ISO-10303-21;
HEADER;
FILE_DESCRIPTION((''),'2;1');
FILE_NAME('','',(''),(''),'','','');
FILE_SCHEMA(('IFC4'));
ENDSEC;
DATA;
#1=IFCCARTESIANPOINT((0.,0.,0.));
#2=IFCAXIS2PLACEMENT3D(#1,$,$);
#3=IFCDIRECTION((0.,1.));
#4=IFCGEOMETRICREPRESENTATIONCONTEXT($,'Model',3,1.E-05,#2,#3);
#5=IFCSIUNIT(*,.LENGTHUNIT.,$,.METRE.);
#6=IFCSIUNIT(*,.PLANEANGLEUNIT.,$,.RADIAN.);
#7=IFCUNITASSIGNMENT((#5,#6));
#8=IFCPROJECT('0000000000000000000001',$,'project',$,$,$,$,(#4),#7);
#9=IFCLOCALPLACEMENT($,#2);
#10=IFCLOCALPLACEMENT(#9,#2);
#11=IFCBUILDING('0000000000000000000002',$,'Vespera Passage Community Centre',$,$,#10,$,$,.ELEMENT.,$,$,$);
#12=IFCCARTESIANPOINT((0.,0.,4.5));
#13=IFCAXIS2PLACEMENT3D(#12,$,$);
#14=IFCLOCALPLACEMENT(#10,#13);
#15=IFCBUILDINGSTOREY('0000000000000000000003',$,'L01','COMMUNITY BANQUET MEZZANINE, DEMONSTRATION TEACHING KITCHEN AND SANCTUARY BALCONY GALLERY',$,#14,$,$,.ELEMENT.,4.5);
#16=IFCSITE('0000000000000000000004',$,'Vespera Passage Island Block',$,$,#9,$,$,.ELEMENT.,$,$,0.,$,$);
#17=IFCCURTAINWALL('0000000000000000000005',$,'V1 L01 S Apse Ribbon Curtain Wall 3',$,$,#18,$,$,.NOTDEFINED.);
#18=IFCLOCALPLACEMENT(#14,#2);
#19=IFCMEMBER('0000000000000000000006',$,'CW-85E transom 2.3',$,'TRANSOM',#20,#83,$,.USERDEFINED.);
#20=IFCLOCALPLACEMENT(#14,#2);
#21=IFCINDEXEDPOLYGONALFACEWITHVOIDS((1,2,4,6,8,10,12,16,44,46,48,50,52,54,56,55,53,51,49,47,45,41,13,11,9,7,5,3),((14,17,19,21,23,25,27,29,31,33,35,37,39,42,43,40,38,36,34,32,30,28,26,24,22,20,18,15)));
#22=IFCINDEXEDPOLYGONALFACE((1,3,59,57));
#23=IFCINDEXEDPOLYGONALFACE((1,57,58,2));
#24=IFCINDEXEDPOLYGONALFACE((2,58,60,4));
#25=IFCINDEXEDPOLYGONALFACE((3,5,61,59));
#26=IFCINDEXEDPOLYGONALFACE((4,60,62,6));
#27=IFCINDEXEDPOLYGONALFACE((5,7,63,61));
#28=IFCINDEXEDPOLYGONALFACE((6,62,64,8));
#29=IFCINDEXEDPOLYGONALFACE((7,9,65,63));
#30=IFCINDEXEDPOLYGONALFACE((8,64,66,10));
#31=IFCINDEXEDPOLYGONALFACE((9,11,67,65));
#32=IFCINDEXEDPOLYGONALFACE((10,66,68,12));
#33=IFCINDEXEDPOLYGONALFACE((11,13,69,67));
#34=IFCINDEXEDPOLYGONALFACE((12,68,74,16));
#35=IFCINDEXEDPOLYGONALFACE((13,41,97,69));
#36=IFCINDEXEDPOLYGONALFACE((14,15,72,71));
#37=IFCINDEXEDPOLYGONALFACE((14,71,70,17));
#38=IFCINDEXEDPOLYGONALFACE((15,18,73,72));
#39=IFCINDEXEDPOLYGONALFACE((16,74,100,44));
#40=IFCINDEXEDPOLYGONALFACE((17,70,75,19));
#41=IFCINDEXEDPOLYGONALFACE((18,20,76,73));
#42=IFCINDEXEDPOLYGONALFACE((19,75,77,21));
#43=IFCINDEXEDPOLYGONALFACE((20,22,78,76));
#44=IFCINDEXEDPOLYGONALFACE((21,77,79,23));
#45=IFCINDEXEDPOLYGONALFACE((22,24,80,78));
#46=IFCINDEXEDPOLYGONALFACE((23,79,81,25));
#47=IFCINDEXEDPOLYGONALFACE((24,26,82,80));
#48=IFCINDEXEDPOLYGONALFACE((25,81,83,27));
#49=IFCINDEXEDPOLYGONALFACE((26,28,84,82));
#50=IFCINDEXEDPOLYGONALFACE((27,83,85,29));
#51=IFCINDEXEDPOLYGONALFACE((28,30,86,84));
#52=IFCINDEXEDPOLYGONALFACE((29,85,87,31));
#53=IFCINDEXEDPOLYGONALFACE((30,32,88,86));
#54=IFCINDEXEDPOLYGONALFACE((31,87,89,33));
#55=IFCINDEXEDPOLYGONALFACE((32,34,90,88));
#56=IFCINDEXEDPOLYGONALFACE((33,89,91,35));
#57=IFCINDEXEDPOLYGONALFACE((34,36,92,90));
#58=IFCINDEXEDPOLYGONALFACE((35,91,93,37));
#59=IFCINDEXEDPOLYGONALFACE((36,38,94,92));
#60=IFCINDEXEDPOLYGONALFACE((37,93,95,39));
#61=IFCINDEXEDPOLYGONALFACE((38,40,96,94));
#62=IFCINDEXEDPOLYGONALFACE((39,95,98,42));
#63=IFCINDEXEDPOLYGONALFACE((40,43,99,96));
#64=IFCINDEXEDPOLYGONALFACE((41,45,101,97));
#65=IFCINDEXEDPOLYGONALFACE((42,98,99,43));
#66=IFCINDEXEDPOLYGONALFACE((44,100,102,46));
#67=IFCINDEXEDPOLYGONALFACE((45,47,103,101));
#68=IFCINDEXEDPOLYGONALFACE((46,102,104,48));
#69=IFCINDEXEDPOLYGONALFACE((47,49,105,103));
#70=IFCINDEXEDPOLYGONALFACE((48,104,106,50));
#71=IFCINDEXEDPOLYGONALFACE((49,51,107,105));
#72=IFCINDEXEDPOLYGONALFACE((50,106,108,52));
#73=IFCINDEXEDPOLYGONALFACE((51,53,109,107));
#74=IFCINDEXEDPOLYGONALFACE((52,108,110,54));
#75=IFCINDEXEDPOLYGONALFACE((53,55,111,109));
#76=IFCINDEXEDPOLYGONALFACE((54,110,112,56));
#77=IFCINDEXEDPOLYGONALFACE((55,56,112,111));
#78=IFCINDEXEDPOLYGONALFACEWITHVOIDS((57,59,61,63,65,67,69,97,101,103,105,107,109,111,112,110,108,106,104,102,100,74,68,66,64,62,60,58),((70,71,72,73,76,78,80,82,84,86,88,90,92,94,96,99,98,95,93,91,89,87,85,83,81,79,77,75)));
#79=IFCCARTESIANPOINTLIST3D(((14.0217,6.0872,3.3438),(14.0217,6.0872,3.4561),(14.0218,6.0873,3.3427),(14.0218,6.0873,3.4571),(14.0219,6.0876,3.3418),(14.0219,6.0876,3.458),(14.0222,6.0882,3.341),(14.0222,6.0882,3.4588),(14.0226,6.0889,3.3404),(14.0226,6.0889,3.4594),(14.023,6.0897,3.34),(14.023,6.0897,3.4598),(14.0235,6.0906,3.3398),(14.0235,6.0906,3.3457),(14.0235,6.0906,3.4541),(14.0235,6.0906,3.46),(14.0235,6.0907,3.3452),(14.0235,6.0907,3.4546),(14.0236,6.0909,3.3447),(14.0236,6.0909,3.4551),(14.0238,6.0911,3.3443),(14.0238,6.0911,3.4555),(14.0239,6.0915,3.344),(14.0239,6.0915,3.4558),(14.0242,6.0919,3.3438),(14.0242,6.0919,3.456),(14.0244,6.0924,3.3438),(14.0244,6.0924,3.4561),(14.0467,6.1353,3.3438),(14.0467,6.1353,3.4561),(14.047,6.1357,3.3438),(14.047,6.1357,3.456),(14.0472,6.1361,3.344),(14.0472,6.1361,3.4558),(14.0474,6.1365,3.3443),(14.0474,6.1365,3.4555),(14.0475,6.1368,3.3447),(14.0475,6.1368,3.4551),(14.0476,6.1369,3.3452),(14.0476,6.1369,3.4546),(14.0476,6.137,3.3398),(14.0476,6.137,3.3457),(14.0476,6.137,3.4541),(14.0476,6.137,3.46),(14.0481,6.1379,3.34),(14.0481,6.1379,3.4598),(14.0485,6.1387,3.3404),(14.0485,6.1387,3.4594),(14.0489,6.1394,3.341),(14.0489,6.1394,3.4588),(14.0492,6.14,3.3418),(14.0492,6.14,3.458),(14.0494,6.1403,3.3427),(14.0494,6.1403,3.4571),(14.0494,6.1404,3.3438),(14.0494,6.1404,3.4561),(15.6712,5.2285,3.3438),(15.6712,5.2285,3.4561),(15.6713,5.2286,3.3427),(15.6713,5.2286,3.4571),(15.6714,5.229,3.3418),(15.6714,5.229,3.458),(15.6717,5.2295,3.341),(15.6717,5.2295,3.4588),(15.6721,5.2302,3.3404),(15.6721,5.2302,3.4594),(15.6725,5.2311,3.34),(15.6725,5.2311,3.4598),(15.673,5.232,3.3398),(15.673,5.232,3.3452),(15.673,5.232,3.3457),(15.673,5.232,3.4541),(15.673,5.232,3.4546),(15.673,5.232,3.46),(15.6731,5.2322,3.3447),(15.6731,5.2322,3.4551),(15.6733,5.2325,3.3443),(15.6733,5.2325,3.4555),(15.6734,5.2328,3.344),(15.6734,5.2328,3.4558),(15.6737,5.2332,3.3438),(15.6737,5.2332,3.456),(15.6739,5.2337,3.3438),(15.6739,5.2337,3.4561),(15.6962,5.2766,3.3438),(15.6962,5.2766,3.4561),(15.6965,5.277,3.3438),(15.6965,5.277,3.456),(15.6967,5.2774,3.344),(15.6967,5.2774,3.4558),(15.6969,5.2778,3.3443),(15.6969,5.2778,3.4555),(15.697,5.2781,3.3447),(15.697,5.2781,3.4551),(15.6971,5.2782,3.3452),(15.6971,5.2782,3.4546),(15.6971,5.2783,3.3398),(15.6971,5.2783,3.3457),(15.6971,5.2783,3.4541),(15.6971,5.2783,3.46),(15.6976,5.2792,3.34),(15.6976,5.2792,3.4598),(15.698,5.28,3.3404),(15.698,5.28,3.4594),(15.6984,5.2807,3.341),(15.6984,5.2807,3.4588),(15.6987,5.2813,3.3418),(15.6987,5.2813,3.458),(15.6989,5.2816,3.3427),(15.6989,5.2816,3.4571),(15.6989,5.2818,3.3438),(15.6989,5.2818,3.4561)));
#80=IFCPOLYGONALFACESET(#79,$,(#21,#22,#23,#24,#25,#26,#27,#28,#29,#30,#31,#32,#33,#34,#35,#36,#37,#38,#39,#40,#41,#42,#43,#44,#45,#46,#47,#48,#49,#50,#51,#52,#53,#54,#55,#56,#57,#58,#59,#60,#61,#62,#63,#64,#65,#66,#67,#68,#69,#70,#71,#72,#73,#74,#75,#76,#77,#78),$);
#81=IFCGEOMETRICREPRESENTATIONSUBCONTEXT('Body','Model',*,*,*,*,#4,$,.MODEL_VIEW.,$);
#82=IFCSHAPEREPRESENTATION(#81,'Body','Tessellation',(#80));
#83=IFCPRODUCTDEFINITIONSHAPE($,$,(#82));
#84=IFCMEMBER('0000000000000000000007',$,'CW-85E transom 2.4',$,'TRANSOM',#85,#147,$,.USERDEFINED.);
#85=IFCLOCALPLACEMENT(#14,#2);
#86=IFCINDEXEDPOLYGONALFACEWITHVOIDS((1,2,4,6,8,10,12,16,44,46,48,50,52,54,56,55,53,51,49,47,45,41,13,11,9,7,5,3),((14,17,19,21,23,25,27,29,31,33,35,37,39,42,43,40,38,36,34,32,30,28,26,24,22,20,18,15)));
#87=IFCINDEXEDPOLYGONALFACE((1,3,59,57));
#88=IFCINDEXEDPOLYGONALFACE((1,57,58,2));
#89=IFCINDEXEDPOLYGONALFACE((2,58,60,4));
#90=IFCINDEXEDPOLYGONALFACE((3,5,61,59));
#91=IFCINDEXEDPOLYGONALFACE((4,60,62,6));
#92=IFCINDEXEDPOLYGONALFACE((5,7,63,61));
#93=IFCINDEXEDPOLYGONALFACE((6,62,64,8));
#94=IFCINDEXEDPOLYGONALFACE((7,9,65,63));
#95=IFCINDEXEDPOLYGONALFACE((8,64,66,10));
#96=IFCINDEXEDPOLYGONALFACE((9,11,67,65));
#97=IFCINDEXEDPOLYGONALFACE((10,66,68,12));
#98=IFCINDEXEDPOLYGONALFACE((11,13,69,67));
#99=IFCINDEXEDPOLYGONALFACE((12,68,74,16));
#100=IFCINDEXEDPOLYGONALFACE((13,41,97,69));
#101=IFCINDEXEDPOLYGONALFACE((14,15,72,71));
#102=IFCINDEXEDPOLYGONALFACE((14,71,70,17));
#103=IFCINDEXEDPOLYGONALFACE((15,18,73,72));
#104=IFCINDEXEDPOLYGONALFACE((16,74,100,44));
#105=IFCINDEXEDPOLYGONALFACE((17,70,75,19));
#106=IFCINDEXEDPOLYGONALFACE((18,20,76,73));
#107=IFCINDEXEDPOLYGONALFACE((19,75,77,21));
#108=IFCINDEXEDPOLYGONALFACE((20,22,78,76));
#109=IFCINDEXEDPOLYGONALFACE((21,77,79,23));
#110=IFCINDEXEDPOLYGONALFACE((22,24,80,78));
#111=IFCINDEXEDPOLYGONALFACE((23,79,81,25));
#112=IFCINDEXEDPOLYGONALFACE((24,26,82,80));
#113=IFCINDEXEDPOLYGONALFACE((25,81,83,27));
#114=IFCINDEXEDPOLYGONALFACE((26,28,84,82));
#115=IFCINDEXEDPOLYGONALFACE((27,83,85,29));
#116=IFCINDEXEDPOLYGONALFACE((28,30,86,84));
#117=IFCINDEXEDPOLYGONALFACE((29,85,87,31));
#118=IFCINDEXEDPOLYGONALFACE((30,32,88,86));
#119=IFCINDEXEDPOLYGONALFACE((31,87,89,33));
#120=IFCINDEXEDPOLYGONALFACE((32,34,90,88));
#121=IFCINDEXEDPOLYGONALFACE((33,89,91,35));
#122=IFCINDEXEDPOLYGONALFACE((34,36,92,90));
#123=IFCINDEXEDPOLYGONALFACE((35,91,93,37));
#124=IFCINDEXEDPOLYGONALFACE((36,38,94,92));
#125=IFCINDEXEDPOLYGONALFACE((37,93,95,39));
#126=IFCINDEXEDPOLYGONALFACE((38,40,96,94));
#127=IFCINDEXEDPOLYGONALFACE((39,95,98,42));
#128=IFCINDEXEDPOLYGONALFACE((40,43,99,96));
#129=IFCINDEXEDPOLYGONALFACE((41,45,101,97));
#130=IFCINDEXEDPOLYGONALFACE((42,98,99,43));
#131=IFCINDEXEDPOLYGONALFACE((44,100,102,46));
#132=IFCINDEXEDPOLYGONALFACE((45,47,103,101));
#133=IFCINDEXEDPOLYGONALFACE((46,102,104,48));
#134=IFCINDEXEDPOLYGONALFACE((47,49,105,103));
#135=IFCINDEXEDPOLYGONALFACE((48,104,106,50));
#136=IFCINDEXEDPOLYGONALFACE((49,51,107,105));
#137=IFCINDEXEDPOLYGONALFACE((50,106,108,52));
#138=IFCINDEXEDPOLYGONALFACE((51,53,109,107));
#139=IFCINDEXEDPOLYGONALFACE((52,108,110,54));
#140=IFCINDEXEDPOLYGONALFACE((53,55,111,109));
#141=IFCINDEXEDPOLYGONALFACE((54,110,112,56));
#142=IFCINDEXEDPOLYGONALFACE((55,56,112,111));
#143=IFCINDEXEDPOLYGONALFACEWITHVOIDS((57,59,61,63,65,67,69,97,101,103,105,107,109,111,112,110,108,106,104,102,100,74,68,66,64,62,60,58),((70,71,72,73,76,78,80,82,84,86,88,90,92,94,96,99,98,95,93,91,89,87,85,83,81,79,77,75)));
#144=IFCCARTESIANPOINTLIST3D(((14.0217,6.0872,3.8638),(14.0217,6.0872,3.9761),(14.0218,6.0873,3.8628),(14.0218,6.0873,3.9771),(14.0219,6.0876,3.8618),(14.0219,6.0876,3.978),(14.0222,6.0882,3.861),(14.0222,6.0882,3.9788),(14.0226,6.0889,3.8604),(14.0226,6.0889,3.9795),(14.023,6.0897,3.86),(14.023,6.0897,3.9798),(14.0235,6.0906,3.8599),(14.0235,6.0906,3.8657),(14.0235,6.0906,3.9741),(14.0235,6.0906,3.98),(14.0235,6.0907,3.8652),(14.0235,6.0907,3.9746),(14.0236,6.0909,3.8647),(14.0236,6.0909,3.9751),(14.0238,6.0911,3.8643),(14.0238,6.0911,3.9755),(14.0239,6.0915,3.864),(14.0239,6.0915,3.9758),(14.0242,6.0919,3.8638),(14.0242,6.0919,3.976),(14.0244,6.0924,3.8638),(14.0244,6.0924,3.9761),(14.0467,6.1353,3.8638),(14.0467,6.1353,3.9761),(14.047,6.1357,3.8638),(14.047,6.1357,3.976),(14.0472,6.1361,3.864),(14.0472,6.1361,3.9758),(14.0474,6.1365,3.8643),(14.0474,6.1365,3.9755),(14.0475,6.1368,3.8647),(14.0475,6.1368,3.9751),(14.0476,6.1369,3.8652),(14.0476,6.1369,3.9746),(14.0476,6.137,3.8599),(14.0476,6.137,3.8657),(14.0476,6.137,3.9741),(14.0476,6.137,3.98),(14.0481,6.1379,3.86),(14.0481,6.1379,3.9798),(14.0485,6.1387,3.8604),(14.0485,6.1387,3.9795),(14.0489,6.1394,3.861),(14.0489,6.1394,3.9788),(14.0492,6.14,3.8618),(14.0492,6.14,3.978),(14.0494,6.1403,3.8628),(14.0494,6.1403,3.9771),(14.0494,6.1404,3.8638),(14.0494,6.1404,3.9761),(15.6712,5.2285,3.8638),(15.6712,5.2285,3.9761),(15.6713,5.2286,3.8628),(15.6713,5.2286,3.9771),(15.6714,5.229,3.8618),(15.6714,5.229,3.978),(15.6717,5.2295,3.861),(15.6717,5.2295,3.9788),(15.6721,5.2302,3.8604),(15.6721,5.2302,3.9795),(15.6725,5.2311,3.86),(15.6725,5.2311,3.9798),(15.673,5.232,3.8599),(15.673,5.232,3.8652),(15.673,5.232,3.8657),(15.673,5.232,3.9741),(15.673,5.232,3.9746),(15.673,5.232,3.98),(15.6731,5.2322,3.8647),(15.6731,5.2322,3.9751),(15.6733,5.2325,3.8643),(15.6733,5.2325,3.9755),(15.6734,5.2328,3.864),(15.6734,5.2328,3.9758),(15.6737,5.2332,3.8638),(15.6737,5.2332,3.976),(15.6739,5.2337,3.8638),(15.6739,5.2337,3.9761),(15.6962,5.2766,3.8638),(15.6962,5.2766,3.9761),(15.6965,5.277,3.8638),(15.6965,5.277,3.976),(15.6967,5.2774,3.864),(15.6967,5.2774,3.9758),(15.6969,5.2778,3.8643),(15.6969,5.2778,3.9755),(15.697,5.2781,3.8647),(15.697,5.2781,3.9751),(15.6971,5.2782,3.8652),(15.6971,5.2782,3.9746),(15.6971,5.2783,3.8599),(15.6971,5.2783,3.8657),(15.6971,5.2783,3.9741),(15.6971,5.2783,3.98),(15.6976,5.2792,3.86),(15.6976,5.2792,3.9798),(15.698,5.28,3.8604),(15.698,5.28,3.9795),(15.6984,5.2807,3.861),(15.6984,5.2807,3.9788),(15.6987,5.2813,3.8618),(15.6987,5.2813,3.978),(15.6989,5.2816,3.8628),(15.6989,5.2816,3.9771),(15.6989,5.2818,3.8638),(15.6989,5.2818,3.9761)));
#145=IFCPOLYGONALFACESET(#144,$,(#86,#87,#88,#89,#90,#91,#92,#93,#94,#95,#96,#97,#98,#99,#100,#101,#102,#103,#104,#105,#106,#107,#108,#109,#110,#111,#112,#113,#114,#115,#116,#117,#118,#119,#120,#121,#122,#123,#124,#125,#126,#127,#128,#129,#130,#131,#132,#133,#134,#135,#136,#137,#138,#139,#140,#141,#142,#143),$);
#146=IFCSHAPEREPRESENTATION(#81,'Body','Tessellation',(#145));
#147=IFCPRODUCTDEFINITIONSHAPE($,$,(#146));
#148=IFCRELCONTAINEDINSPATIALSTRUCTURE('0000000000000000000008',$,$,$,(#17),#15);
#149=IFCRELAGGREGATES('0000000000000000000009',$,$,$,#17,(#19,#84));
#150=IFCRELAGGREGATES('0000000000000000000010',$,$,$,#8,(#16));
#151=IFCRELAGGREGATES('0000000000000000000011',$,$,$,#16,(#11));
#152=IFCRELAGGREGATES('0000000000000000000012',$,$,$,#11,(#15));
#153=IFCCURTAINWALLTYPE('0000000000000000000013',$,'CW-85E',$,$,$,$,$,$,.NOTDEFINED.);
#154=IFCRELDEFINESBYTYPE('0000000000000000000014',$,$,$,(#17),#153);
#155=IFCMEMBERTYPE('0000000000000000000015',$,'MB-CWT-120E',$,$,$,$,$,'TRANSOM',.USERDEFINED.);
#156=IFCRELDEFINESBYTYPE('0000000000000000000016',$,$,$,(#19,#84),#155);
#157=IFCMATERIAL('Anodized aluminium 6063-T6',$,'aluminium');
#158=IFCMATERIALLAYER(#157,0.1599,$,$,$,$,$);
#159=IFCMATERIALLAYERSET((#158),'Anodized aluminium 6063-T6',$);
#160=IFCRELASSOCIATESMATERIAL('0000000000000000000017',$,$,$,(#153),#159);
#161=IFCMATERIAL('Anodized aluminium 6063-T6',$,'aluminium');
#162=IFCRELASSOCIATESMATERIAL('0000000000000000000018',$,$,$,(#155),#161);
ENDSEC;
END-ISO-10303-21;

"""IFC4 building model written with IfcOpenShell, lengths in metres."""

from ifc_helpers import new_model, si_unit, direction, frame, origin, origin_2d, place, context, subcontext, project, spatial, hollow_rectangle, extrude, material, layer, layer_set, material_profile, profile_set, type_object, element, aggregate, save


model = new_model("IFC4")

# Units and contexts
model_context = context("Model", 3, precision=1e-05, world=origin(), true_north=direction((0.0, 1.0)))
body_context = subcontext(model_context, "Body", "Model", "MODEL_VIEW")
ifc_project = project(units=[si_unit("LENGTHUNIT", "METRE"), si_unit("PLANEANGLEUNIT", "RADIAN")], contexts=[model_context])

# Site, building, storey
site_placement = place(None, origin())
site = spatial("IfcSite", under=ifc_project, at=site_placement, Name="Vespera Passage Island Block", CompositionType="ELEMENT", RefElevation=0.0)
building_placement = place(site_placement, origin())
building = spatial("IfcBuilding", under=site, at=building_placement, Name="Vespera Passage Community Centre", CompositionType="ELEMENT")
storey_placement = place(building_placement, frame((0.0, 0.0, 4.5)))
storey = spatial("IfcBuildingStorey", under=building, at=storey_placement, Name="L01", Description="COMMUNITY BANQUET MEZZANINE, DEMONSTRATION TEACHING KITCHEN AND SANCTUARY BALCONY GALLERY", CompositionType="ELEMENT", Elevation=4.5)

# Shared definitions
ifc_material_1 = material(Name="Anodized aluminium 6063-T6", Category="aluminium")
ifc_layer_1 = layer(ifc_material_1, 0.1599)
ifc_layer_set_1 = layer_set([ifc_layer_1], Name="Anodized aluminium 6063-T6")
curtain_wall_type = type_object("IfcCurtainWallType", Name="CW-85E", PredefinedType="NOTDEFINED", material=ifc_layer_set_1)

# Curtain wall, members
curtain_wall_1_placement = place(storey_placement, origin())
curtain_wall_1 = element("IfcCurtainWall", 1, at=curtain_wall_1_placement, inside=storey, type_object=curtain_wall_type, Name="V1 L01 S Apse Ribbon Curtain Wall 3", PredefinedType="NOTDEFINED")
ifc_material_2 = material(Name="Anodized aluminium 6063-T6", Category="aluminium")
ifc_material_profile_1 = material_profile(ifc_material_2, hollow_rectangle(XDim=0.0601, YDim=0.1201, WallThickness=0.0039, InnerFilletRadius=0.002, OuterFilletRadius=0.0039, at=origin_2d()), Name="ALU120X60X4")
ifc_profile_set_1 = profile_set([ifc_material_profile_1], Name="Anodized aluminium 6063-T6")
member_type_1 = type_object("IfcMemberType", Name="MB-CWT-120E", ElementType="TRANSOM", PredefinedType="USERDEFINED", material=ifc_profile_set_1)
member_1_placement = place(storey_placement, frame((15.6851, 5.2551, 3.3999), z_axis=(-0.887008, 0.461754, 0.0), x_axis=(-0.461754, -0.887008, 0.0)))
member_1 = element("IfcMember", 2, at=member_1_placement, type_object=member_type_1, Name="CW-85E transom 2.3", ObjectType="TRANSOM", PredefinedType="USERDEFINED", context=body_context, shape_type="SweptSolid", body=[
    extrude(hollow_rectangle(XDim=0.0601, YDim=0.1201, WallThickness=0.0039, InnerFilletRadius=0.002, OuterFilletRadius=0.0039, at=origin_2d()), origin(), (0.0, 0.0, 1.0), 1.8596),
])
member_2_placement = place(storey_placement, frame((15.6851, 5.2551, 3.9199), z_axis=(-0.887008, 0.461754, 0.0), x_axis=(-0.461754, -0.887008, 0.0)))
member_2 = element("IfcMember", 3, at=member_2_placement, type_object=member_type_1, Name="CW-85E transom 2.4", ObjectType="TRANSOM", PredefinedType="USERDEFINED", context=body_context, shape_type="SweptSolid", body=[
    extrude(hollow_rectangle(XDim=0.0601, YDim=0.1201, WallThickness=0.0039, InnerFilletRadius=0.002, OuterFilletRadius=0.0039, at=origin_2d()), origin(), (0.0, 0.0, 1.0), 1.8596),
])

aggregate(curtain_wall_1, [member_1, member_2])

save(model, "model.ifc")
